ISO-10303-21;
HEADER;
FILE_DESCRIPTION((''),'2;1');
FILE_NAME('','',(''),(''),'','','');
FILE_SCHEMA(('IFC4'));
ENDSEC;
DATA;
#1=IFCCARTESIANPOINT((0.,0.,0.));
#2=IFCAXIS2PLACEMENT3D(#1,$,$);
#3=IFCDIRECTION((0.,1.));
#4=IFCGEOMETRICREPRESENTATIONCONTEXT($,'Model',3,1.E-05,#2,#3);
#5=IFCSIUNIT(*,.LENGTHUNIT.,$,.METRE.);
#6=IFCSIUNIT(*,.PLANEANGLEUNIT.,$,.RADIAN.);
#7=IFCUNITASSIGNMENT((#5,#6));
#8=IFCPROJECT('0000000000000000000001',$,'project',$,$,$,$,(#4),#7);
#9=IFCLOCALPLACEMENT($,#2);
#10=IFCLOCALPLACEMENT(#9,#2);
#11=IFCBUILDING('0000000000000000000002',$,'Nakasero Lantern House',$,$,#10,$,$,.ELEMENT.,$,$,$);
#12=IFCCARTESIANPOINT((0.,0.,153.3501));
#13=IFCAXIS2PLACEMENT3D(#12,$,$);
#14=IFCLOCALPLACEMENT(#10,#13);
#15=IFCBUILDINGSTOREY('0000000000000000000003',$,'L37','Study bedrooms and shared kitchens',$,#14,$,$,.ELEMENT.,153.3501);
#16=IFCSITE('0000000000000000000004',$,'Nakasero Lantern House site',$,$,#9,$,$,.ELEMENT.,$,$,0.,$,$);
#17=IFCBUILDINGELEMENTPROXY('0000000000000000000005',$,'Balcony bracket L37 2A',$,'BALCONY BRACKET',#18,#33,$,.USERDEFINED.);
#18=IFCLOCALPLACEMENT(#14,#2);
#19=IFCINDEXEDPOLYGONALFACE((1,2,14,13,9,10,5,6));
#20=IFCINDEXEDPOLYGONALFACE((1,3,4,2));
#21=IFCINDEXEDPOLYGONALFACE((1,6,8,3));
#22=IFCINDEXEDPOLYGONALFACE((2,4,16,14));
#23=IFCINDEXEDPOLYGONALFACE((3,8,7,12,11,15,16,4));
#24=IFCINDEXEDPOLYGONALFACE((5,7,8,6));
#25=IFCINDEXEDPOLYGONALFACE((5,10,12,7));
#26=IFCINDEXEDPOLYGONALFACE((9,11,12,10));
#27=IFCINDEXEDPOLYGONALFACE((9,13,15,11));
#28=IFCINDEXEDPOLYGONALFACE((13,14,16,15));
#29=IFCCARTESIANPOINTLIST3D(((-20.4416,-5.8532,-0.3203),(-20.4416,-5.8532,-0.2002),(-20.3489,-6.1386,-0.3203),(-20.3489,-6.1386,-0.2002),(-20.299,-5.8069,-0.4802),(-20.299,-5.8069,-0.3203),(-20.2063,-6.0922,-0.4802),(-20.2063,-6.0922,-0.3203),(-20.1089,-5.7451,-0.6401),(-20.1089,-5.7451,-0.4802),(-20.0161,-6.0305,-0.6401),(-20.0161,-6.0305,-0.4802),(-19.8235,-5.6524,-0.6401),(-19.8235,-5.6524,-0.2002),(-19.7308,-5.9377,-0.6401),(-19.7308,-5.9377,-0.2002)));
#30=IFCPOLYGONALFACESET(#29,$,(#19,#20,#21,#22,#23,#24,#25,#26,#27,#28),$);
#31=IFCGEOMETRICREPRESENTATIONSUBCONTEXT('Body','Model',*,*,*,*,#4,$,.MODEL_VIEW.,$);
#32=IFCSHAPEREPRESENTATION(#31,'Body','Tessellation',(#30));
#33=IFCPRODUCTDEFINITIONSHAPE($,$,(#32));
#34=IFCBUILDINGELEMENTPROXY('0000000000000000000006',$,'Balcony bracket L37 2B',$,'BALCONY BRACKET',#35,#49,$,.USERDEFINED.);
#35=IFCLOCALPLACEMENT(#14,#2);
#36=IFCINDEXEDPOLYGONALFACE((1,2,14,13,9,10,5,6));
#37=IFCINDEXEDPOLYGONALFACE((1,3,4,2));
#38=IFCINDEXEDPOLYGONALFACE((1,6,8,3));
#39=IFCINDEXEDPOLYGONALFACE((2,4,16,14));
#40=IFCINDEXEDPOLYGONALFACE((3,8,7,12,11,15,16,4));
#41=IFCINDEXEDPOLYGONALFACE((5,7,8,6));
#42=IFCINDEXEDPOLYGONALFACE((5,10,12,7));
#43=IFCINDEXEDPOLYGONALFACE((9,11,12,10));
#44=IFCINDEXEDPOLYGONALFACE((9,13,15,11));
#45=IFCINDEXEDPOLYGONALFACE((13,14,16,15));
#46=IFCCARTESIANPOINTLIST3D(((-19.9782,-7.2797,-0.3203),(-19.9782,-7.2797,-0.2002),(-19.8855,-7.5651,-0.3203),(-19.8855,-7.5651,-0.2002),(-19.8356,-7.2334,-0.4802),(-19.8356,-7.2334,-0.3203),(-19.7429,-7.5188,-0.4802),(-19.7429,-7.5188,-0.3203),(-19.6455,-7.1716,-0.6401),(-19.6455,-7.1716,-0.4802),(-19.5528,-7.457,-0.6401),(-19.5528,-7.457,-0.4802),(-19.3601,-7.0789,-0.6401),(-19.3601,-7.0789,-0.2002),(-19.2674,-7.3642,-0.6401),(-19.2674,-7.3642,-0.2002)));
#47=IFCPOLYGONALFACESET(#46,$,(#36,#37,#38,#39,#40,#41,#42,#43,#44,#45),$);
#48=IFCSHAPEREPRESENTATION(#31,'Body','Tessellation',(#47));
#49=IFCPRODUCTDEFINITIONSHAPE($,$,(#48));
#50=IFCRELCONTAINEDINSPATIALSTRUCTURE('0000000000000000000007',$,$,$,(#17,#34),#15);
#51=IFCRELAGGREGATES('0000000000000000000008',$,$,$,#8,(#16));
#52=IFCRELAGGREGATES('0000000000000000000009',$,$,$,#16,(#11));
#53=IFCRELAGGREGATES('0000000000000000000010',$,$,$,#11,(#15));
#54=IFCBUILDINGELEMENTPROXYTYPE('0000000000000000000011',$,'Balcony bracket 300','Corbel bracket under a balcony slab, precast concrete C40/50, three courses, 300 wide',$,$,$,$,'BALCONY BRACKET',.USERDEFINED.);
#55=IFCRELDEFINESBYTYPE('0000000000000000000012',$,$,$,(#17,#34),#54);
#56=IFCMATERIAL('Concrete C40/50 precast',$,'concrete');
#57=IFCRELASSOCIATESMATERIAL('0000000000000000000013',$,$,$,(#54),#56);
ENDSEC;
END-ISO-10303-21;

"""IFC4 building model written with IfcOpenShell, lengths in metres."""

from ifc_helpers import new_model, si_unit, direction, frame, origin, place, context, subcontext, project, spatial, polyline, outline, extrude, material, type_object, element, save


model = new_model("IFC4")

# Units and contexts
model_context = context("Model", 3, precision=1e-05, world=origin(), true_north=direction((0.0, 1.0)))
body_context = subcontext(model_context, "Body", "Model", "MODEL_VIEW")
ifc_project = project(units=[si_unit("LENGTHUNIT", "METRE"), si_unit("PLANEANGLEUNIT", "RADIAN")], contexts=[model_context])

# Site, building, storey
site_placement = place(None, origin())
site = spatial("IfcSite", under=ifc_project, at=site_placement, Name="Nakasero Lantern House site", CompositionType="ELEMENT", RefElevation=0.0)
building_placement = place(site_placement, origin())
building = spatial("IfcBuilding", under=site, at=building_placement, Name="Nakasero Lantern House", CompositionType="ELEMENT")
storey_placement = place(building_placement, frame((0.0, 0.0, 153.3501)))
storey = spatial("IfcBuildingStorey", under=building, at=storey_placement, Name="L37", Description="Study bedrooms and shared kitchens", CompositionType="ELEMENT", Elevation=153.3501)

# Building element proxies
ifc_material_1 = material(Name="Concrete C40/50 precast", Category="concrete")
building_element_proxy_type = type_object("IfcBuildingElementProxyType", Name="Balcony bracket 300", Description="Corbel bracket under a balcony slab, precast concrete C40/50, three courses, 300 wide", ElementType="BALCONY BRACKET", PredefinedType="USERDEFINED", material=ifc_material_1)
for number, where, z_axis, x_axis, name in (
    (1, (-19.7771, -5.7952, -0.2002), (0.0, 0.0, 1.0), (-0.951057, -0.309017, 0.0), "Balcony bracket L37 2A"),
    (2, (-19.3137, -7.2217, -0.2002), (0.0, 0.0, 1.0), (-0.951057, -0.309017, 0.0), "Balcony bracket L37 2B"),
):
    element("IfcBuildingElementProxy", number, at=place(storey_placement, frame(where, z_axis=z_axis, x_axis=x_axis)), inside=storey, type_object=building_element_proxy_type, Name=name, ObjectType="BALCONY BRACKET", PredefinedType="USERDEFINED", context=body_context, shape_type="SweptSolid", body=[
        extrude(outline(polyline([(0.0, 0.0), (0.6499, 0.0), (0.6499, -0.1201), (0.5, -0.1201), (0.5, -0.28), (0.3, -0.28), (0.3, -0.4399), (0.0, -0.4399), (0.0, 0.0)])), frame((0.0, 0.1499, 0.0), z_axis=(0.0, -1.0, 0.0), x_axis=(1.0, 0.0, 0.0)), (0.0, 0.0, 1.0), 0.3),
    ])

save(model, "model.ifc")
